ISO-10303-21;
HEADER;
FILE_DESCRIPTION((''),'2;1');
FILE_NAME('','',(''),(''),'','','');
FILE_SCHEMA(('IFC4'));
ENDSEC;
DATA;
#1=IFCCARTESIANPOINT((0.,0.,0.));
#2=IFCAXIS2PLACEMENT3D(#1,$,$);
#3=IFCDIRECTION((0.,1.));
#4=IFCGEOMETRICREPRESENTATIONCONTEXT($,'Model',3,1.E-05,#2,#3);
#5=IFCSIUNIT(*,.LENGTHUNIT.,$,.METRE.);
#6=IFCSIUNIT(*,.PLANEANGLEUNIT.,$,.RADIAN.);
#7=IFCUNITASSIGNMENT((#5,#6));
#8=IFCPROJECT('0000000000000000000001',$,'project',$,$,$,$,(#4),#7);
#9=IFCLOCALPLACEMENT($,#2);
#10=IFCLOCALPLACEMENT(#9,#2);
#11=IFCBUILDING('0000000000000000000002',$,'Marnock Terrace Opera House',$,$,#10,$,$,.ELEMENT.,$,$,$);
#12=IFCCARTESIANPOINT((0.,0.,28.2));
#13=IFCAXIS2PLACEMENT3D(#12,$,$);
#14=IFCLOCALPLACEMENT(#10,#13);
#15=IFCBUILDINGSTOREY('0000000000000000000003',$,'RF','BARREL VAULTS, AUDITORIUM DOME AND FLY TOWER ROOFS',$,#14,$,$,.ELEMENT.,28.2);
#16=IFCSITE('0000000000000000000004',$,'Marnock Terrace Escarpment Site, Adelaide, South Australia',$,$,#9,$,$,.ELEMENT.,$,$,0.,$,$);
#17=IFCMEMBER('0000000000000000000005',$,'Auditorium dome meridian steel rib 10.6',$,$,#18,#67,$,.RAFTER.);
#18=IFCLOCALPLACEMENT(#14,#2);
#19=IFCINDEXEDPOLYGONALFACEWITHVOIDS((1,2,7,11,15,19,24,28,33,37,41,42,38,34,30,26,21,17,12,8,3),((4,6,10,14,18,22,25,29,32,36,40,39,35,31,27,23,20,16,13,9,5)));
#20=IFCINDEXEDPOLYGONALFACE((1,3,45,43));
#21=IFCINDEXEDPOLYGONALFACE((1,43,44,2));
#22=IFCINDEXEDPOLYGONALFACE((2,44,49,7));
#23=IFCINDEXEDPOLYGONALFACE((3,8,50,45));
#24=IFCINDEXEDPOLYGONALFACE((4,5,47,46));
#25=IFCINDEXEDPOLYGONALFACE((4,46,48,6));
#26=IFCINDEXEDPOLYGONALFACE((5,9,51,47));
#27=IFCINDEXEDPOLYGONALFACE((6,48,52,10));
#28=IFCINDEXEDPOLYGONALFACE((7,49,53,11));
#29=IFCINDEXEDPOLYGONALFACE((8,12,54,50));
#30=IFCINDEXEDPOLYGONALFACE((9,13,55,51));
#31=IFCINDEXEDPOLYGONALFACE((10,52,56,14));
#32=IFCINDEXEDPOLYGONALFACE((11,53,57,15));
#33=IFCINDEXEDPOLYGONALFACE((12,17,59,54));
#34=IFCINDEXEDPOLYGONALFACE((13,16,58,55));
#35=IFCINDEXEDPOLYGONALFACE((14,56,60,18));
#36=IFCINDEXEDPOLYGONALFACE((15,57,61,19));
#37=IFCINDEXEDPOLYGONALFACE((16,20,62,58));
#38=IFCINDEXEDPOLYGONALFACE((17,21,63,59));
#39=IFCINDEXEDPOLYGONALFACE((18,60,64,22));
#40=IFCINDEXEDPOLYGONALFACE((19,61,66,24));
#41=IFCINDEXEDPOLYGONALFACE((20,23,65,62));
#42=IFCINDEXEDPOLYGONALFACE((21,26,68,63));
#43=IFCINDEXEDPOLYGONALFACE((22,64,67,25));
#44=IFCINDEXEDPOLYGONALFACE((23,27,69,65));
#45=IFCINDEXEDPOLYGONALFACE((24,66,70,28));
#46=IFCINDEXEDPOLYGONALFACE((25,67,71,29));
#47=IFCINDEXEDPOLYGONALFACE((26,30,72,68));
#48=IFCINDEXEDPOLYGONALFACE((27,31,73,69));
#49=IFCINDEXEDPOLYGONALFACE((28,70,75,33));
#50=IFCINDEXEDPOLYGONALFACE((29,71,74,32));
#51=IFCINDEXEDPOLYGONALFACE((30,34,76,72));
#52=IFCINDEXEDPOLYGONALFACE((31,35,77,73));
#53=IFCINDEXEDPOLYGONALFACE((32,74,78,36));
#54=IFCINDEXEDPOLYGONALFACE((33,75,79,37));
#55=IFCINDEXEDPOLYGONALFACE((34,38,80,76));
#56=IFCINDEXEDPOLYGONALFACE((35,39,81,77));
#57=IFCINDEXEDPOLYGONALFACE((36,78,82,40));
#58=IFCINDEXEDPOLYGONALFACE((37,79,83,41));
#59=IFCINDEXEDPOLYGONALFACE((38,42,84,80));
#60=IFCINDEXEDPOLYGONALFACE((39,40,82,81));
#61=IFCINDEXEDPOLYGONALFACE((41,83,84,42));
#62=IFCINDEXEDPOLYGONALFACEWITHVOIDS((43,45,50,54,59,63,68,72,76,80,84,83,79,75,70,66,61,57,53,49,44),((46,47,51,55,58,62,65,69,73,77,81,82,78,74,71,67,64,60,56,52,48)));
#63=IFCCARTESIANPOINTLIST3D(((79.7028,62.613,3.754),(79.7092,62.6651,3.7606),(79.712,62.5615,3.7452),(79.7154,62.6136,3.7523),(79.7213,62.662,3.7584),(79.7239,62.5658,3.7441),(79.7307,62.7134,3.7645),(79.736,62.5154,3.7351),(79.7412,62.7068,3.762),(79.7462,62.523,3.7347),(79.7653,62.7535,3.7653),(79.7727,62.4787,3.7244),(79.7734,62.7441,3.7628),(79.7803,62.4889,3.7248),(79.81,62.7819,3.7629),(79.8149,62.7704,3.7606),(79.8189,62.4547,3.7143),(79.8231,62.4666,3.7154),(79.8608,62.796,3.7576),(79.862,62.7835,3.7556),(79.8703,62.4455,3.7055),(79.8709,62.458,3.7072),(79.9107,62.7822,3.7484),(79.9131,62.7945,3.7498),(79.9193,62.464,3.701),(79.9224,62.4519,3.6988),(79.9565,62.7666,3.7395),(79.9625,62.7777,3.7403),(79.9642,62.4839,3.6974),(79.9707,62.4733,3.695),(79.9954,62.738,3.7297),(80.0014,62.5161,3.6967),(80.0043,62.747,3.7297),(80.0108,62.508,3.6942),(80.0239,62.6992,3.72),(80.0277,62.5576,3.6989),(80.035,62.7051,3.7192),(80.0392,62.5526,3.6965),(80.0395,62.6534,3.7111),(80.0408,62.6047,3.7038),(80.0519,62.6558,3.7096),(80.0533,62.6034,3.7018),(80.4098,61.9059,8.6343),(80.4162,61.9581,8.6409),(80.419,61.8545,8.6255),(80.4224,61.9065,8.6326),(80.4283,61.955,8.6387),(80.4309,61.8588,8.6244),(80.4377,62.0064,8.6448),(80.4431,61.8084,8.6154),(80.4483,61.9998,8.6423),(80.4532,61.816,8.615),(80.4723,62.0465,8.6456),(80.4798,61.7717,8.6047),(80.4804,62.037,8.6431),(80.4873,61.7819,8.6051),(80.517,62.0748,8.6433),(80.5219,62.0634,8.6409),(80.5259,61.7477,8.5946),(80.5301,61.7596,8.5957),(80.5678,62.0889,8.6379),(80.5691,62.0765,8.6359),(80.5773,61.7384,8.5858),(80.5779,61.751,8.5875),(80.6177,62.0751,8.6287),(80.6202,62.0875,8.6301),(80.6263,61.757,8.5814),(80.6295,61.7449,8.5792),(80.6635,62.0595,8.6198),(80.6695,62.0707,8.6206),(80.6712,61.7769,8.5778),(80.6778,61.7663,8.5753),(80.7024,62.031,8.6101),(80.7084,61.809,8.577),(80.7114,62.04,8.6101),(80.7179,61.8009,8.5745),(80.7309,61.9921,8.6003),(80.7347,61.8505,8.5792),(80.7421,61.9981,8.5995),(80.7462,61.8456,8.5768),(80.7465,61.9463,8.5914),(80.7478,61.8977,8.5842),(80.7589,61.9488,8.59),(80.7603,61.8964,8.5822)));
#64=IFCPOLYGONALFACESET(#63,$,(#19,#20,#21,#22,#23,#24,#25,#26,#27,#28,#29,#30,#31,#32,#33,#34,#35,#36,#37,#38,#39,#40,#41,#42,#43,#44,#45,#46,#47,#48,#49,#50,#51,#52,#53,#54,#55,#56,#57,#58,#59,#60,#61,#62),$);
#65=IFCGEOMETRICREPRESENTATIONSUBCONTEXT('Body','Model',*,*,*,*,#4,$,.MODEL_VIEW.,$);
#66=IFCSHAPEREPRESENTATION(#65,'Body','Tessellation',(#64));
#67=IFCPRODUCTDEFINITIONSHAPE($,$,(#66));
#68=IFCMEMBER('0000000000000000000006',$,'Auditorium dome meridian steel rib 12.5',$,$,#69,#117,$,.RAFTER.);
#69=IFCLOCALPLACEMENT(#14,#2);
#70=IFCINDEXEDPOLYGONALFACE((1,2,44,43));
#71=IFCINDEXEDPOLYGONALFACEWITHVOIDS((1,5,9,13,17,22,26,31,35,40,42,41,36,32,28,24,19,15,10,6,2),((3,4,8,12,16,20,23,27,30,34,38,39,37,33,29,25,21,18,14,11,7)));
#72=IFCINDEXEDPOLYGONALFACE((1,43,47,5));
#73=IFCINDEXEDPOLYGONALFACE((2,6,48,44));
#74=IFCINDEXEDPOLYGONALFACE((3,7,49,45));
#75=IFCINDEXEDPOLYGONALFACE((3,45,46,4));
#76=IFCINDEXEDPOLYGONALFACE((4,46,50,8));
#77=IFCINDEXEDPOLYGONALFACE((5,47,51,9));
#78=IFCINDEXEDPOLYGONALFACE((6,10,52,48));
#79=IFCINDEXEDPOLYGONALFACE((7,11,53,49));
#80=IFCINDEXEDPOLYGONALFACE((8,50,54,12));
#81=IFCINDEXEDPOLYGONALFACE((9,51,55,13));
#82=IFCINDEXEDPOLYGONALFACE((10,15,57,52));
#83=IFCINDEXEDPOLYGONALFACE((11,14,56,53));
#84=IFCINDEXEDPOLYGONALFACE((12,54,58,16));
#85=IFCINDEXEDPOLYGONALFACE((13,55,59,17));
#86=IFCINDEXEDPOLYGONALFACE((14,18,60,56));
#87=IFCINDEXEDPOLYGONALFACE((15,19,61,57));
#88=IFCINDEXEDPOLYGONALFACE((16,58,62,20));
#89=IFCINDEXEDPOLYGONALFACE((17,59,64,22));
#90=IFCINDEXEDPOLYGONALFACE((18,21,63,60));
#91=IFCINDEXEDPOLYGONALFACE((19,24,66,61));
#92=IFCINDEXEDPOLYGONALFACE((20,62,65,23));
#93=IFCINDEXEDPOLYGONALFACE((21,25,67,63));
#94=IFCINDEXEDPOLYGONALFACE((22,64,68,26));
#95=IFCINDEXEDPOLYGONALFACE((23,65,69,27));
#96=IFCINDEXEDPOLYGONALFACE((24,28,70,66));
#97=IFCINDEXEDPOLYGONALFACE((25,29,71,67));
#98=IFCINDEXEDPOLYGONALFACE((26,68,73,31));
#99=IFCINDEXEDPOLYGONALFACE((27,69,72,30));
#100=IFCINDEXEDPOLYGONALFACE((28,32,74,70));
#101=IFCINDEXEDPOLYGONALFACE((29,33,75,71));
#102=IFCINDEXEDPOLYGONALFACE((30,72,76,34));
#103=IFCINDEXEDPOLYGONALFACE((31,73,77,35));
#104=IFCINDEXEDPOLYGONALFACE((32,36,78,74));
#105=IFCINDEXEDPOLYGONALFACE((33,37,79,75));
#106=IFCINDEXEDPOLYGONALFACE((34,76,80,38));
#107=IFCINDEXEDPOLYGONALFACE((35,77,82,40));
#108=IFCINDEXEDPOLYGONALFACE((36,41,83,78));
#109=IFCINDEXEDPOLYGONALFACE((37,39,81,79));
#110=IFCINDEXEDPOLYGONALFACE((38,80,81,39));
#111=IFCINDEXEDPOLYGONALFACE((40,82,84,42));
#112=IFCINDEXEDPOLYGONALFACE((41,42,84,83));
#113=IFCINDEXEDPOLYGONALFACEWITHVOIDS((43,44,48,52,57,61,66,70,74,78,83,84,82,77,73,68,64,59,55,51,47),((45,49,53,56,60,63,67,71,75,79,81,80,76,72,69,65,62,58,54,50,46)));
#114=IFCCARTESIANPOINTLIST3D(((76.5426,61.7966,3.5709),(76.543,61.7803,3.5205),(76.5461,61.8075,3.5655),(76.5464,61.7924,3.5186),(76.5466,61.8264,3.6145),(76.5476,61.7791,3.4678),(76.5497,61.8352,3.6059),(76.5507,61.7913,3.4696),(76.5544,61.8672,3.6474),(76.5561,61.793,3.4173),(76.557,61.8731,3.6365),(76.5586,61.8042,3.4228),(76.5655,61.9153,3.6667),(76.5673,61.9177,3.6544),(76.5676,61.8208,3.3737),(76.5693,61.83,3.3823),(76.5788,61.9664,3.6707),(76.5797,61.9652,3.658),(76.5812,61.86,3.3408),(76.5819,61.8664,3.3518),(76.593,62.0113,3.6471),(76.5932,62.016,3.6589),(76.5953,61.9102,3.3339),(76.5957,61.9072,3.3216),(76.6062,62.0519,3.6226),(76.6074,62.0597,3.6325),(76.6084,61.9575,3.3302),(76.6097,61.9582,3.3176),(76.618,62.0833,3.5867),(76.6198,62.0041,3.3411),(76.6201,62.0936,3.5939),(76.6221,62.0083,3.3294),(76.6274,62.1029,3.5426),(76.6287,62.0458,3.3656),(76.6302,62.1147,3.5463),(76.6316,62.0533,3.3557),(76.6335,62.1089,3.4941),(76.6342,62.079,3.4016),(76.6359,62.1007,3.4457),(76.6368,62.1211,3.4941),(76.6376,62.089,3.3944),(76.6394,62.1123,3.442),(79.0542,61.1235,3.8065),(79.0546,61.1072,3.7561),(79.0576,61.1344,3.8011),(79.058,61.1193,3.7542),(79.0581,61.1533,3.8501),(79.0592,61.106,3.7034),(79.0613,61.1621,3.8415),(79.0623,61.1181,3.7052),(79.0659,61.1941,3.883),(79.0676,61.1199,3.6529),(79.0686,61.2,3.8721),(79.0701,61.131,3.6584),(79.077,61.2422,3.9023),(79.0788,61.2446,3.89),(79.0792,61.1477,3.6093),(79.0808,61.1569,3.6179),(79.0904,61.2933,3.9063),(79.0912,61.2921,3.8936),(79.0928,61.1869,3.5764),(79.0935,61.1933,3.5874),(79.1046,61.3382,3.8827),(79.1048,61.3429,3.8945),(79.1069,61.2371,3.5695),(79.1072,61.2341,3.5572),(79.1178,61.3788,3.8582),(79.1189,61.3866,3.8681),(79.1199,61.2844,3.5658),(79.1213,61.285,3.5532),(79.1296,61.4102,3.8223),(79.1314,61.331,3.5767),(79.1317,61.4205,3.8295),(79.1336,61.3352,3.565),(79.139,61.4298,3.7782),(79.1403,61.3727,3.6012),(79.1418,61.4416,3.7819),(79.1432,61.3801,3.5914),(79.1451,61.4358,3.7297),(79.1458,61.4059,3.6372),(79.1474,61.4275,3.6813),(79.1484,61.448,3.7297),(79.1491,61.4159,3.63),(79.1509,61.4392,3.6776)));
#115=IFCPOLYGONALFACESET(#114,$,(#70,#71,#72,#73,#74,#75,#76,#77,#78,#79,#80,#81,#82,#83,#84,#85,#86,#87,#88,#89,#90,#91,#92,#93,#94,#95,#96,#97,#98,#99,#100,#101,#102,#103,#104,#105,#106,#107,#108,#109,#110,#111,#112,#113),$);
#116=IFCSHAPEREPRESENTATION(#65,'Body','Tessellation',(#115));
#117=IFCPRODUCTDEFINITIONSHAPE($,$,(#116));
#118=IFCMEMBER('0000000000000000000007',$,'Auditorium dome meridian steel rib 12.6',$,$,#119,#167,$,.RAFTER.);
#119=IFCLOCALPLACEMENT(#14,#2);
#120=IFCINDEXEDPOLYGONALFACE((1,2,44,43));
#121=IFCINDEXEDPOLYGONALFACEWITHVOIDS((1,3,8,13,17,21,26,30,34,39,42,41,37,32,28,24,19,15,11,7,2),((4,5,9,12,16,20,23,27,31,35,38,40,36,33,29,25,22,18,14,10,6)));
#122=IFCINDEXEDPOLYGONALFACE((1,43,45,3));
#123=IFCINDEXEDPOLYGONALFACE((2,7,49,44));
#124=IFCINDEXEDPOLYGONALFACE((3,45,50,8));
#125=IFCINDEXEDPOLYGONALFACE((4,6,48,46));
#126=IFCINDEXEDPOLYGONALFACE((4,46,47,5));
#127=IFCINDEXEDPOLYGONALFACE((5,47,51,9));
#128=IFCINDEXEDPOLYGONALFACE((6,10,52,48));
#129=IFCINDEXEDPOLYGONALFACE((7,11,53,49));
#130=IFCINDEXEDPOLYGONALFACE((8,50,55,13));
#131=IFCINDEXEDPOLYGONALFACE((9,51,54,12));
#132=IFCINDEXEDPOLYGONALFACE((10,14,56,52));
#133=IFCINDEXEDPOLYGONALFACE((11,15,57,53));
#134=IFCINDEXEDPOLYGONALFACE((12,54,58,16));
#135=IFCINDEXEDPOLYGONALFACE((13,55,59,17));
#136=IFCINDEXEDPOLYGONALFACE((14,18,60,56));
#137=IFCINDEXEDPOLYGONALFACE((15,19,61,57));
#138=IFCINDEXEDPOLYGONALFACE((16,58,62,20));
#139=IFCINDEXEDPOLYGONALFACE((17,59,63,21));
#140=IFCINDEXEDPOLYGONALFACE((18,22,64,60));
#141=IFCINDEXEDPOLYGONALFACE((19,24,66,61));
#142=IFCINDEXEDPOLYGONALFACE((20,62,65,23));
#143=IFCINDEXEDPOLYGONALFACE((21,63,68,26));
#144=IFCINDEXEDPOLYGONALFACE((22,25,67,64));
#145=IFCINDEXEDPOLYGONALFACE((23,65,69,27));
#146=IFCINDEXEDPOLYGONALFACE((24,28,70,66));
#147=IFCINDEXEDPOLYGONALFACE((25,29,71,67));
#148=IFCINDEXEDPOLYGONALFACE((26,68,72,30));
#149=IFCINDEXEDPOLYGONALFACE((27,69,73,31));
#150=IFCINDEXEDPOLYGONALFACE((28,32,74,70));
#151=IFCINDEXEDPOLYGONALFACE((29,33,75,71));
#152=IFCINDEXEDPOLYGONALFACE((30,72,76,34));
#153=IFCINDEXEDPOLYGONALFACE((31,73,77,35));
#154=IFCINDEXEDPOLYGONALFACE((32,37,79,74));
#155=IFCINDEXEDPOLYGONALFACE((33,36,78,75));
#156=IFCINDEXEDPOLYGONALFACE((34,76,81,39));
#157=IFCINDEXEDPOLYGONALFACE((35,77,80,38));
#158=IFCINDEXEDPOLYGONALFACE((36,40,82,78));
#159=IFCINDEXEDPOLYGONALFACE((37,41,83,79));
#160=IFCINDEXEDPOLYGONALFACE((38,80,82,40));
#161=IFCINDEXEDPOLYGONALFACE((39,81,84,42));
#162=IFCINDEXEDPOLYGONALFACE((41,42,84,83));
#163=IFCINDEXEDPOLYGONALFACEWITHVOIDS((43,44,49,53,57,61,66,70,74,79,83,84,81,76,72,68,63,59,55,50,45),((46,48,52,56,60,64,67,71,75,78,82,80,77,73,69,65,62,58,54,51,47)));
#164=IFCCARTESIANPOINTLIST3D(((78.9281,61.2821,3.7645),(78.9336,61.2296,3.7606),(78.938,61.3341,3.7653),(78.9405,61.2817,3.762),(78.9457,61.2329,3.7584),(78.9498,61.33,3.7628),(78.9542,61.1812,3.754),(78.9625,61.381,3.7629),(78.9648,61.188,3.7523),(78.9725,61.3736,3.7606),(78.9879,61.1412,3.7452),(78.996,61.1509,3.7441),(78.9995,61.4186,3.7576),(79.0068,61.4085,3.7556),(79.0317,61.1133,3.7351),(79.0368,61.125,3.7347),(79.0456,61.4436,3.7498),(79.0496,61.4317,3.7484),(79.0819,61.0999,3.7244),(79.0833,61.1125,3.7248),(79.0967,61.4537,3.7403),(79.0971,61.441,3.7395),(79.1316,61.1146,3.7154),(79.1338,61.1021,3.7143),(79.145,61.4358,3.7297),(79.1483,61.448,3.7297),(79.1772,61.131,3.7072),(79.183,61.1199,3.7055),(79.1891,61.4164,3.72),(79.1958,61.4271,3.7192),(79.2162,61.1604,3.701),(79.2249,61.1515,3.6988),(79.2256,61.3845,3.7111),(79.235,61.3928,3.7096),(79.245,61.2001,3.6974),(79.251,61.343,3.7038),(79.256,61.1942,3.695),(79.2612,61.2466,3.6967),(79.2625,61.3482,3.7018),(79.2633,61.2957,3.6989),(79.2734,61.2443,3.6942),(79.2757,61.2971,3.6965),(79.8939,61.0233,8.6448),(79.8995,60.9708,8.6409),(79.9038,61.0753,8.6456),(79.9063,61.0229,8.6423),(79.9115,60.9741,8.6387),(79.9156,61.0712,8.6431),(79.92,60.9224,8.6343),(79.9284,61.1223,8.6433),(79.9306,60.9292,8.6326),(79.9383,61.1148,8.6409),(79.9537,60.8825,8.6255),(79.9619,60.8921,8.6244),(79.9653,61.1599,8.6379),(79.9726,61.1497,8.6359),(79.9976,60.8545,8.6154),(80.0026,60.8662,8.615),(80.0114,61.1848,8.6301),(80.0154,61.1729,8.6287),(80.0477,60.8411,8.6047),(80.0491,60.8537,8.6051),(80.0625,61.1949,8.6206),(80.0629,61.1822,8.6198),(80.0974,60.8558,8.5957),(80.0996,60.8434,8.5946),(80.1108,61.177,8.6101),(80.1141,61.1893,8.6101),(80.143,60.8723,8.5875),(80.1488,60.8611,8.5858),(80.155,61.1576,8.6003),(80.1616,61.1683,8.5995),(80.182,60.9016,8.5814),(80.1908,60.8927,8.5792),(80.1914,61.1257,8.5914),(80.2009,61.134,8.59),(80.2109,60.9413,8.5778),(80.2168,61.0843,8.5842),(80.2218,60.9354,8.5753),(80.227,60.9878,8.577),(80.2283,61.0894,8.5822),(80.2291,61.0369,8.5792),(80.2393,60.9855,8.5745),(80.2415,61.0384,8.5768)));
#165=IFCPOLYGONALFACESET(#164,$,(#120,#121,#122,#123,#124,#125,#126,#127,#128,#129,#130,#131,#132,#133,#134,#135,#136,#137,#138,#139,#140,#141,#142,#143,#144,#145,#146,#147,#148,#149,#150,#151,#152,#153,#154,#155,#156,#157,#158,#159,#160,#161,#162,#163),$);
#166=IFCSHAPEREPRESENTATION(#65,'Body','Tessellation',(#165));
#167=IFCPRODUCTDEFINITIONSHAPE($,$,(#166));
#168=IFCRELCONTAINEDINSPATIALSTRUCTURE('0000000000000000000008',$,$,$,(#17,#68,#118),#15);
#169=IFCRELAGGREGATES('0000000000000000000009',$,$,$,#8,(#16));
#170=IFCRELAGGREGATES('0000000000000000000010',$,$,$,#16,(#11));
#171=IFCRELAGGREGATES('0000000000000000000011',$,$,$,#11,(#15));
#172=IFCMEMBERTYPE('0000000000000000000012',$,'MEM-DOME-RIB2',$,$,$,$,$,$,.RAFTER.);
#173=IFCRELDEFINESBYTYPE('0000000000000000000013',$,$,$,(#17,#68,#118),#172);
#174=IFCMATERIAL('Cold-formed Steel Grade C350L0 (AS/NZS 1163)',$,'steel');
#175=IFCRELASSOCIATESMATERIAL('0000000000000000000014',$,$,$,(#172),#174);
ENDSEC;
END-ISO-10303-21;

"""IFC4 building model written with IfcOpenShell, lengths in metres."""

from ifc_helpers import new_model, si_unit, direction, frame, origin, origin_2d, place, context, subcontext, project, spatial, hollow_circle, extrude, material, material_profile, profile_set, type_object, element, save


model = new_model("IFC4")

# Units and contexts
model_context = context("Model", 3, precision=1e-05, world=origin(), true_north=direction((0.0, 1.0)))
body_context = subcontext(model_context, "Body", "Model", "MODEL_VIEW")
ifc_project = project(units=[si_unit("LENGTHUNIT", "METRE"), si_unit("PLANEANGLEUNIT", "RADIAN")], contexts=[model_context])

# Site, building, storey
site_placement = place(None, origin())
site = spatial("IfcSite", under=ifc_project, at=site_placement, Name="Marnock Terrace Escarpment Site, Adelaide, South Australia", CompositionType="ELEMENT", RefElevation=0.0)
building_placement = place(site_placement, origin())
building = spatial("IfcBuilding", under=site, at=building_placement, Name="Marnock Terrace Opera House", CompositionType="ELEMENT")
storey_placement = place(building_placement, frame((0.0, 0.0, 28.2)))
storey = spatial("IfcBuildingStorey", under=building, at=storey_placement, Name="RF", Description="BARREL VAULTS, AUDITORIUM DOME AND FLY TOWER ROOFS", CompositionType="ELEMENT", Elevation=28.2)

# Members
ifc_material_1 = material(Name="Cold-formed Steel Grade C350L0 (AS/NZS 1163)", Category="steel")
ifc_material_profile_1 = material_profile(ifc_material_1, hollow_circle(Radius=0.1777, WallThickness=0.0127, at=origin_2d()))
ifc_profile_set_1 = profile_set([ifc_material_profile_1], Name="Cold-formed Steel Grade C350L0 (AS/NZS 1163)")
member_type_1 = type_object("IfcMemberType", Name="MEM-DOME-RIB2", PredefinedType="RAFTER", material=ifc_profile_set_1)
member_1_placement = place(storey_placement, frame((79.8787, 62.6213, 3.7297), z_axis=(0.141924, -0.141924, 0.97965), x_axis=(0.707107, 0.707107, 0.0)))
element("IfcMember", 1, at=member_1_placement, inside=storey, type_object=member_type_1, Name="Auditorium dome meridian steel rib 10.6", PredefinedType="RAFTER", context=body_context, shape_type="SweptSolid", body=[
    extrude(hollow_circle(Radius=0.1777, WallThickness=0.0127, at=origin_2d()), origin(), (0.0, 0.0, 1.0), 4.9817),
])
member_2_placement = place(storey_placement, frame((76.5908, 61.9495, 3.4941), z_axis=(0.961971, -0.257816, 0.09024), x_axis=(0.258872, 0.965912, 0.0)))
element("IfcMember", 2, at=member_2_placement, inside=storey, type_object=member_type_1, Name="Auditorium dome meridian steel rib 12.5", PredefinedType="RAFTER", context=body_context, shape_type="SweptSolid", body=[
    extrude(hollow_circle(Radius=0.1777, WallThickness=0.0127, at=origin_2d()), origin(), (0.0, 0.0, 1.0), 2.6108),
])
member_3_placement = place(storey_placement, frame((79.1023, 61.2764, 3.7297), z_axis=(0.193872, -0.051947, 0.979651), x_axis=(0.258817, 0.965926, 0.0)))
element("IfcMember", 3, at=member_3_placement, inside=storey, type_object=member_type_1, Name="Auditorium dome meridian steel rib 12.6", PredefinedType="RAFTER", context=body_context, shape_type="SweptSolid", body=[
    extrude(hollow_circle(Radius=0.1777, WallThickness=0.0127, at=origin_2d()), origin(), (0.0, 0.0, 1.0), 4.9817),
])

save(model, "model.ifc")
